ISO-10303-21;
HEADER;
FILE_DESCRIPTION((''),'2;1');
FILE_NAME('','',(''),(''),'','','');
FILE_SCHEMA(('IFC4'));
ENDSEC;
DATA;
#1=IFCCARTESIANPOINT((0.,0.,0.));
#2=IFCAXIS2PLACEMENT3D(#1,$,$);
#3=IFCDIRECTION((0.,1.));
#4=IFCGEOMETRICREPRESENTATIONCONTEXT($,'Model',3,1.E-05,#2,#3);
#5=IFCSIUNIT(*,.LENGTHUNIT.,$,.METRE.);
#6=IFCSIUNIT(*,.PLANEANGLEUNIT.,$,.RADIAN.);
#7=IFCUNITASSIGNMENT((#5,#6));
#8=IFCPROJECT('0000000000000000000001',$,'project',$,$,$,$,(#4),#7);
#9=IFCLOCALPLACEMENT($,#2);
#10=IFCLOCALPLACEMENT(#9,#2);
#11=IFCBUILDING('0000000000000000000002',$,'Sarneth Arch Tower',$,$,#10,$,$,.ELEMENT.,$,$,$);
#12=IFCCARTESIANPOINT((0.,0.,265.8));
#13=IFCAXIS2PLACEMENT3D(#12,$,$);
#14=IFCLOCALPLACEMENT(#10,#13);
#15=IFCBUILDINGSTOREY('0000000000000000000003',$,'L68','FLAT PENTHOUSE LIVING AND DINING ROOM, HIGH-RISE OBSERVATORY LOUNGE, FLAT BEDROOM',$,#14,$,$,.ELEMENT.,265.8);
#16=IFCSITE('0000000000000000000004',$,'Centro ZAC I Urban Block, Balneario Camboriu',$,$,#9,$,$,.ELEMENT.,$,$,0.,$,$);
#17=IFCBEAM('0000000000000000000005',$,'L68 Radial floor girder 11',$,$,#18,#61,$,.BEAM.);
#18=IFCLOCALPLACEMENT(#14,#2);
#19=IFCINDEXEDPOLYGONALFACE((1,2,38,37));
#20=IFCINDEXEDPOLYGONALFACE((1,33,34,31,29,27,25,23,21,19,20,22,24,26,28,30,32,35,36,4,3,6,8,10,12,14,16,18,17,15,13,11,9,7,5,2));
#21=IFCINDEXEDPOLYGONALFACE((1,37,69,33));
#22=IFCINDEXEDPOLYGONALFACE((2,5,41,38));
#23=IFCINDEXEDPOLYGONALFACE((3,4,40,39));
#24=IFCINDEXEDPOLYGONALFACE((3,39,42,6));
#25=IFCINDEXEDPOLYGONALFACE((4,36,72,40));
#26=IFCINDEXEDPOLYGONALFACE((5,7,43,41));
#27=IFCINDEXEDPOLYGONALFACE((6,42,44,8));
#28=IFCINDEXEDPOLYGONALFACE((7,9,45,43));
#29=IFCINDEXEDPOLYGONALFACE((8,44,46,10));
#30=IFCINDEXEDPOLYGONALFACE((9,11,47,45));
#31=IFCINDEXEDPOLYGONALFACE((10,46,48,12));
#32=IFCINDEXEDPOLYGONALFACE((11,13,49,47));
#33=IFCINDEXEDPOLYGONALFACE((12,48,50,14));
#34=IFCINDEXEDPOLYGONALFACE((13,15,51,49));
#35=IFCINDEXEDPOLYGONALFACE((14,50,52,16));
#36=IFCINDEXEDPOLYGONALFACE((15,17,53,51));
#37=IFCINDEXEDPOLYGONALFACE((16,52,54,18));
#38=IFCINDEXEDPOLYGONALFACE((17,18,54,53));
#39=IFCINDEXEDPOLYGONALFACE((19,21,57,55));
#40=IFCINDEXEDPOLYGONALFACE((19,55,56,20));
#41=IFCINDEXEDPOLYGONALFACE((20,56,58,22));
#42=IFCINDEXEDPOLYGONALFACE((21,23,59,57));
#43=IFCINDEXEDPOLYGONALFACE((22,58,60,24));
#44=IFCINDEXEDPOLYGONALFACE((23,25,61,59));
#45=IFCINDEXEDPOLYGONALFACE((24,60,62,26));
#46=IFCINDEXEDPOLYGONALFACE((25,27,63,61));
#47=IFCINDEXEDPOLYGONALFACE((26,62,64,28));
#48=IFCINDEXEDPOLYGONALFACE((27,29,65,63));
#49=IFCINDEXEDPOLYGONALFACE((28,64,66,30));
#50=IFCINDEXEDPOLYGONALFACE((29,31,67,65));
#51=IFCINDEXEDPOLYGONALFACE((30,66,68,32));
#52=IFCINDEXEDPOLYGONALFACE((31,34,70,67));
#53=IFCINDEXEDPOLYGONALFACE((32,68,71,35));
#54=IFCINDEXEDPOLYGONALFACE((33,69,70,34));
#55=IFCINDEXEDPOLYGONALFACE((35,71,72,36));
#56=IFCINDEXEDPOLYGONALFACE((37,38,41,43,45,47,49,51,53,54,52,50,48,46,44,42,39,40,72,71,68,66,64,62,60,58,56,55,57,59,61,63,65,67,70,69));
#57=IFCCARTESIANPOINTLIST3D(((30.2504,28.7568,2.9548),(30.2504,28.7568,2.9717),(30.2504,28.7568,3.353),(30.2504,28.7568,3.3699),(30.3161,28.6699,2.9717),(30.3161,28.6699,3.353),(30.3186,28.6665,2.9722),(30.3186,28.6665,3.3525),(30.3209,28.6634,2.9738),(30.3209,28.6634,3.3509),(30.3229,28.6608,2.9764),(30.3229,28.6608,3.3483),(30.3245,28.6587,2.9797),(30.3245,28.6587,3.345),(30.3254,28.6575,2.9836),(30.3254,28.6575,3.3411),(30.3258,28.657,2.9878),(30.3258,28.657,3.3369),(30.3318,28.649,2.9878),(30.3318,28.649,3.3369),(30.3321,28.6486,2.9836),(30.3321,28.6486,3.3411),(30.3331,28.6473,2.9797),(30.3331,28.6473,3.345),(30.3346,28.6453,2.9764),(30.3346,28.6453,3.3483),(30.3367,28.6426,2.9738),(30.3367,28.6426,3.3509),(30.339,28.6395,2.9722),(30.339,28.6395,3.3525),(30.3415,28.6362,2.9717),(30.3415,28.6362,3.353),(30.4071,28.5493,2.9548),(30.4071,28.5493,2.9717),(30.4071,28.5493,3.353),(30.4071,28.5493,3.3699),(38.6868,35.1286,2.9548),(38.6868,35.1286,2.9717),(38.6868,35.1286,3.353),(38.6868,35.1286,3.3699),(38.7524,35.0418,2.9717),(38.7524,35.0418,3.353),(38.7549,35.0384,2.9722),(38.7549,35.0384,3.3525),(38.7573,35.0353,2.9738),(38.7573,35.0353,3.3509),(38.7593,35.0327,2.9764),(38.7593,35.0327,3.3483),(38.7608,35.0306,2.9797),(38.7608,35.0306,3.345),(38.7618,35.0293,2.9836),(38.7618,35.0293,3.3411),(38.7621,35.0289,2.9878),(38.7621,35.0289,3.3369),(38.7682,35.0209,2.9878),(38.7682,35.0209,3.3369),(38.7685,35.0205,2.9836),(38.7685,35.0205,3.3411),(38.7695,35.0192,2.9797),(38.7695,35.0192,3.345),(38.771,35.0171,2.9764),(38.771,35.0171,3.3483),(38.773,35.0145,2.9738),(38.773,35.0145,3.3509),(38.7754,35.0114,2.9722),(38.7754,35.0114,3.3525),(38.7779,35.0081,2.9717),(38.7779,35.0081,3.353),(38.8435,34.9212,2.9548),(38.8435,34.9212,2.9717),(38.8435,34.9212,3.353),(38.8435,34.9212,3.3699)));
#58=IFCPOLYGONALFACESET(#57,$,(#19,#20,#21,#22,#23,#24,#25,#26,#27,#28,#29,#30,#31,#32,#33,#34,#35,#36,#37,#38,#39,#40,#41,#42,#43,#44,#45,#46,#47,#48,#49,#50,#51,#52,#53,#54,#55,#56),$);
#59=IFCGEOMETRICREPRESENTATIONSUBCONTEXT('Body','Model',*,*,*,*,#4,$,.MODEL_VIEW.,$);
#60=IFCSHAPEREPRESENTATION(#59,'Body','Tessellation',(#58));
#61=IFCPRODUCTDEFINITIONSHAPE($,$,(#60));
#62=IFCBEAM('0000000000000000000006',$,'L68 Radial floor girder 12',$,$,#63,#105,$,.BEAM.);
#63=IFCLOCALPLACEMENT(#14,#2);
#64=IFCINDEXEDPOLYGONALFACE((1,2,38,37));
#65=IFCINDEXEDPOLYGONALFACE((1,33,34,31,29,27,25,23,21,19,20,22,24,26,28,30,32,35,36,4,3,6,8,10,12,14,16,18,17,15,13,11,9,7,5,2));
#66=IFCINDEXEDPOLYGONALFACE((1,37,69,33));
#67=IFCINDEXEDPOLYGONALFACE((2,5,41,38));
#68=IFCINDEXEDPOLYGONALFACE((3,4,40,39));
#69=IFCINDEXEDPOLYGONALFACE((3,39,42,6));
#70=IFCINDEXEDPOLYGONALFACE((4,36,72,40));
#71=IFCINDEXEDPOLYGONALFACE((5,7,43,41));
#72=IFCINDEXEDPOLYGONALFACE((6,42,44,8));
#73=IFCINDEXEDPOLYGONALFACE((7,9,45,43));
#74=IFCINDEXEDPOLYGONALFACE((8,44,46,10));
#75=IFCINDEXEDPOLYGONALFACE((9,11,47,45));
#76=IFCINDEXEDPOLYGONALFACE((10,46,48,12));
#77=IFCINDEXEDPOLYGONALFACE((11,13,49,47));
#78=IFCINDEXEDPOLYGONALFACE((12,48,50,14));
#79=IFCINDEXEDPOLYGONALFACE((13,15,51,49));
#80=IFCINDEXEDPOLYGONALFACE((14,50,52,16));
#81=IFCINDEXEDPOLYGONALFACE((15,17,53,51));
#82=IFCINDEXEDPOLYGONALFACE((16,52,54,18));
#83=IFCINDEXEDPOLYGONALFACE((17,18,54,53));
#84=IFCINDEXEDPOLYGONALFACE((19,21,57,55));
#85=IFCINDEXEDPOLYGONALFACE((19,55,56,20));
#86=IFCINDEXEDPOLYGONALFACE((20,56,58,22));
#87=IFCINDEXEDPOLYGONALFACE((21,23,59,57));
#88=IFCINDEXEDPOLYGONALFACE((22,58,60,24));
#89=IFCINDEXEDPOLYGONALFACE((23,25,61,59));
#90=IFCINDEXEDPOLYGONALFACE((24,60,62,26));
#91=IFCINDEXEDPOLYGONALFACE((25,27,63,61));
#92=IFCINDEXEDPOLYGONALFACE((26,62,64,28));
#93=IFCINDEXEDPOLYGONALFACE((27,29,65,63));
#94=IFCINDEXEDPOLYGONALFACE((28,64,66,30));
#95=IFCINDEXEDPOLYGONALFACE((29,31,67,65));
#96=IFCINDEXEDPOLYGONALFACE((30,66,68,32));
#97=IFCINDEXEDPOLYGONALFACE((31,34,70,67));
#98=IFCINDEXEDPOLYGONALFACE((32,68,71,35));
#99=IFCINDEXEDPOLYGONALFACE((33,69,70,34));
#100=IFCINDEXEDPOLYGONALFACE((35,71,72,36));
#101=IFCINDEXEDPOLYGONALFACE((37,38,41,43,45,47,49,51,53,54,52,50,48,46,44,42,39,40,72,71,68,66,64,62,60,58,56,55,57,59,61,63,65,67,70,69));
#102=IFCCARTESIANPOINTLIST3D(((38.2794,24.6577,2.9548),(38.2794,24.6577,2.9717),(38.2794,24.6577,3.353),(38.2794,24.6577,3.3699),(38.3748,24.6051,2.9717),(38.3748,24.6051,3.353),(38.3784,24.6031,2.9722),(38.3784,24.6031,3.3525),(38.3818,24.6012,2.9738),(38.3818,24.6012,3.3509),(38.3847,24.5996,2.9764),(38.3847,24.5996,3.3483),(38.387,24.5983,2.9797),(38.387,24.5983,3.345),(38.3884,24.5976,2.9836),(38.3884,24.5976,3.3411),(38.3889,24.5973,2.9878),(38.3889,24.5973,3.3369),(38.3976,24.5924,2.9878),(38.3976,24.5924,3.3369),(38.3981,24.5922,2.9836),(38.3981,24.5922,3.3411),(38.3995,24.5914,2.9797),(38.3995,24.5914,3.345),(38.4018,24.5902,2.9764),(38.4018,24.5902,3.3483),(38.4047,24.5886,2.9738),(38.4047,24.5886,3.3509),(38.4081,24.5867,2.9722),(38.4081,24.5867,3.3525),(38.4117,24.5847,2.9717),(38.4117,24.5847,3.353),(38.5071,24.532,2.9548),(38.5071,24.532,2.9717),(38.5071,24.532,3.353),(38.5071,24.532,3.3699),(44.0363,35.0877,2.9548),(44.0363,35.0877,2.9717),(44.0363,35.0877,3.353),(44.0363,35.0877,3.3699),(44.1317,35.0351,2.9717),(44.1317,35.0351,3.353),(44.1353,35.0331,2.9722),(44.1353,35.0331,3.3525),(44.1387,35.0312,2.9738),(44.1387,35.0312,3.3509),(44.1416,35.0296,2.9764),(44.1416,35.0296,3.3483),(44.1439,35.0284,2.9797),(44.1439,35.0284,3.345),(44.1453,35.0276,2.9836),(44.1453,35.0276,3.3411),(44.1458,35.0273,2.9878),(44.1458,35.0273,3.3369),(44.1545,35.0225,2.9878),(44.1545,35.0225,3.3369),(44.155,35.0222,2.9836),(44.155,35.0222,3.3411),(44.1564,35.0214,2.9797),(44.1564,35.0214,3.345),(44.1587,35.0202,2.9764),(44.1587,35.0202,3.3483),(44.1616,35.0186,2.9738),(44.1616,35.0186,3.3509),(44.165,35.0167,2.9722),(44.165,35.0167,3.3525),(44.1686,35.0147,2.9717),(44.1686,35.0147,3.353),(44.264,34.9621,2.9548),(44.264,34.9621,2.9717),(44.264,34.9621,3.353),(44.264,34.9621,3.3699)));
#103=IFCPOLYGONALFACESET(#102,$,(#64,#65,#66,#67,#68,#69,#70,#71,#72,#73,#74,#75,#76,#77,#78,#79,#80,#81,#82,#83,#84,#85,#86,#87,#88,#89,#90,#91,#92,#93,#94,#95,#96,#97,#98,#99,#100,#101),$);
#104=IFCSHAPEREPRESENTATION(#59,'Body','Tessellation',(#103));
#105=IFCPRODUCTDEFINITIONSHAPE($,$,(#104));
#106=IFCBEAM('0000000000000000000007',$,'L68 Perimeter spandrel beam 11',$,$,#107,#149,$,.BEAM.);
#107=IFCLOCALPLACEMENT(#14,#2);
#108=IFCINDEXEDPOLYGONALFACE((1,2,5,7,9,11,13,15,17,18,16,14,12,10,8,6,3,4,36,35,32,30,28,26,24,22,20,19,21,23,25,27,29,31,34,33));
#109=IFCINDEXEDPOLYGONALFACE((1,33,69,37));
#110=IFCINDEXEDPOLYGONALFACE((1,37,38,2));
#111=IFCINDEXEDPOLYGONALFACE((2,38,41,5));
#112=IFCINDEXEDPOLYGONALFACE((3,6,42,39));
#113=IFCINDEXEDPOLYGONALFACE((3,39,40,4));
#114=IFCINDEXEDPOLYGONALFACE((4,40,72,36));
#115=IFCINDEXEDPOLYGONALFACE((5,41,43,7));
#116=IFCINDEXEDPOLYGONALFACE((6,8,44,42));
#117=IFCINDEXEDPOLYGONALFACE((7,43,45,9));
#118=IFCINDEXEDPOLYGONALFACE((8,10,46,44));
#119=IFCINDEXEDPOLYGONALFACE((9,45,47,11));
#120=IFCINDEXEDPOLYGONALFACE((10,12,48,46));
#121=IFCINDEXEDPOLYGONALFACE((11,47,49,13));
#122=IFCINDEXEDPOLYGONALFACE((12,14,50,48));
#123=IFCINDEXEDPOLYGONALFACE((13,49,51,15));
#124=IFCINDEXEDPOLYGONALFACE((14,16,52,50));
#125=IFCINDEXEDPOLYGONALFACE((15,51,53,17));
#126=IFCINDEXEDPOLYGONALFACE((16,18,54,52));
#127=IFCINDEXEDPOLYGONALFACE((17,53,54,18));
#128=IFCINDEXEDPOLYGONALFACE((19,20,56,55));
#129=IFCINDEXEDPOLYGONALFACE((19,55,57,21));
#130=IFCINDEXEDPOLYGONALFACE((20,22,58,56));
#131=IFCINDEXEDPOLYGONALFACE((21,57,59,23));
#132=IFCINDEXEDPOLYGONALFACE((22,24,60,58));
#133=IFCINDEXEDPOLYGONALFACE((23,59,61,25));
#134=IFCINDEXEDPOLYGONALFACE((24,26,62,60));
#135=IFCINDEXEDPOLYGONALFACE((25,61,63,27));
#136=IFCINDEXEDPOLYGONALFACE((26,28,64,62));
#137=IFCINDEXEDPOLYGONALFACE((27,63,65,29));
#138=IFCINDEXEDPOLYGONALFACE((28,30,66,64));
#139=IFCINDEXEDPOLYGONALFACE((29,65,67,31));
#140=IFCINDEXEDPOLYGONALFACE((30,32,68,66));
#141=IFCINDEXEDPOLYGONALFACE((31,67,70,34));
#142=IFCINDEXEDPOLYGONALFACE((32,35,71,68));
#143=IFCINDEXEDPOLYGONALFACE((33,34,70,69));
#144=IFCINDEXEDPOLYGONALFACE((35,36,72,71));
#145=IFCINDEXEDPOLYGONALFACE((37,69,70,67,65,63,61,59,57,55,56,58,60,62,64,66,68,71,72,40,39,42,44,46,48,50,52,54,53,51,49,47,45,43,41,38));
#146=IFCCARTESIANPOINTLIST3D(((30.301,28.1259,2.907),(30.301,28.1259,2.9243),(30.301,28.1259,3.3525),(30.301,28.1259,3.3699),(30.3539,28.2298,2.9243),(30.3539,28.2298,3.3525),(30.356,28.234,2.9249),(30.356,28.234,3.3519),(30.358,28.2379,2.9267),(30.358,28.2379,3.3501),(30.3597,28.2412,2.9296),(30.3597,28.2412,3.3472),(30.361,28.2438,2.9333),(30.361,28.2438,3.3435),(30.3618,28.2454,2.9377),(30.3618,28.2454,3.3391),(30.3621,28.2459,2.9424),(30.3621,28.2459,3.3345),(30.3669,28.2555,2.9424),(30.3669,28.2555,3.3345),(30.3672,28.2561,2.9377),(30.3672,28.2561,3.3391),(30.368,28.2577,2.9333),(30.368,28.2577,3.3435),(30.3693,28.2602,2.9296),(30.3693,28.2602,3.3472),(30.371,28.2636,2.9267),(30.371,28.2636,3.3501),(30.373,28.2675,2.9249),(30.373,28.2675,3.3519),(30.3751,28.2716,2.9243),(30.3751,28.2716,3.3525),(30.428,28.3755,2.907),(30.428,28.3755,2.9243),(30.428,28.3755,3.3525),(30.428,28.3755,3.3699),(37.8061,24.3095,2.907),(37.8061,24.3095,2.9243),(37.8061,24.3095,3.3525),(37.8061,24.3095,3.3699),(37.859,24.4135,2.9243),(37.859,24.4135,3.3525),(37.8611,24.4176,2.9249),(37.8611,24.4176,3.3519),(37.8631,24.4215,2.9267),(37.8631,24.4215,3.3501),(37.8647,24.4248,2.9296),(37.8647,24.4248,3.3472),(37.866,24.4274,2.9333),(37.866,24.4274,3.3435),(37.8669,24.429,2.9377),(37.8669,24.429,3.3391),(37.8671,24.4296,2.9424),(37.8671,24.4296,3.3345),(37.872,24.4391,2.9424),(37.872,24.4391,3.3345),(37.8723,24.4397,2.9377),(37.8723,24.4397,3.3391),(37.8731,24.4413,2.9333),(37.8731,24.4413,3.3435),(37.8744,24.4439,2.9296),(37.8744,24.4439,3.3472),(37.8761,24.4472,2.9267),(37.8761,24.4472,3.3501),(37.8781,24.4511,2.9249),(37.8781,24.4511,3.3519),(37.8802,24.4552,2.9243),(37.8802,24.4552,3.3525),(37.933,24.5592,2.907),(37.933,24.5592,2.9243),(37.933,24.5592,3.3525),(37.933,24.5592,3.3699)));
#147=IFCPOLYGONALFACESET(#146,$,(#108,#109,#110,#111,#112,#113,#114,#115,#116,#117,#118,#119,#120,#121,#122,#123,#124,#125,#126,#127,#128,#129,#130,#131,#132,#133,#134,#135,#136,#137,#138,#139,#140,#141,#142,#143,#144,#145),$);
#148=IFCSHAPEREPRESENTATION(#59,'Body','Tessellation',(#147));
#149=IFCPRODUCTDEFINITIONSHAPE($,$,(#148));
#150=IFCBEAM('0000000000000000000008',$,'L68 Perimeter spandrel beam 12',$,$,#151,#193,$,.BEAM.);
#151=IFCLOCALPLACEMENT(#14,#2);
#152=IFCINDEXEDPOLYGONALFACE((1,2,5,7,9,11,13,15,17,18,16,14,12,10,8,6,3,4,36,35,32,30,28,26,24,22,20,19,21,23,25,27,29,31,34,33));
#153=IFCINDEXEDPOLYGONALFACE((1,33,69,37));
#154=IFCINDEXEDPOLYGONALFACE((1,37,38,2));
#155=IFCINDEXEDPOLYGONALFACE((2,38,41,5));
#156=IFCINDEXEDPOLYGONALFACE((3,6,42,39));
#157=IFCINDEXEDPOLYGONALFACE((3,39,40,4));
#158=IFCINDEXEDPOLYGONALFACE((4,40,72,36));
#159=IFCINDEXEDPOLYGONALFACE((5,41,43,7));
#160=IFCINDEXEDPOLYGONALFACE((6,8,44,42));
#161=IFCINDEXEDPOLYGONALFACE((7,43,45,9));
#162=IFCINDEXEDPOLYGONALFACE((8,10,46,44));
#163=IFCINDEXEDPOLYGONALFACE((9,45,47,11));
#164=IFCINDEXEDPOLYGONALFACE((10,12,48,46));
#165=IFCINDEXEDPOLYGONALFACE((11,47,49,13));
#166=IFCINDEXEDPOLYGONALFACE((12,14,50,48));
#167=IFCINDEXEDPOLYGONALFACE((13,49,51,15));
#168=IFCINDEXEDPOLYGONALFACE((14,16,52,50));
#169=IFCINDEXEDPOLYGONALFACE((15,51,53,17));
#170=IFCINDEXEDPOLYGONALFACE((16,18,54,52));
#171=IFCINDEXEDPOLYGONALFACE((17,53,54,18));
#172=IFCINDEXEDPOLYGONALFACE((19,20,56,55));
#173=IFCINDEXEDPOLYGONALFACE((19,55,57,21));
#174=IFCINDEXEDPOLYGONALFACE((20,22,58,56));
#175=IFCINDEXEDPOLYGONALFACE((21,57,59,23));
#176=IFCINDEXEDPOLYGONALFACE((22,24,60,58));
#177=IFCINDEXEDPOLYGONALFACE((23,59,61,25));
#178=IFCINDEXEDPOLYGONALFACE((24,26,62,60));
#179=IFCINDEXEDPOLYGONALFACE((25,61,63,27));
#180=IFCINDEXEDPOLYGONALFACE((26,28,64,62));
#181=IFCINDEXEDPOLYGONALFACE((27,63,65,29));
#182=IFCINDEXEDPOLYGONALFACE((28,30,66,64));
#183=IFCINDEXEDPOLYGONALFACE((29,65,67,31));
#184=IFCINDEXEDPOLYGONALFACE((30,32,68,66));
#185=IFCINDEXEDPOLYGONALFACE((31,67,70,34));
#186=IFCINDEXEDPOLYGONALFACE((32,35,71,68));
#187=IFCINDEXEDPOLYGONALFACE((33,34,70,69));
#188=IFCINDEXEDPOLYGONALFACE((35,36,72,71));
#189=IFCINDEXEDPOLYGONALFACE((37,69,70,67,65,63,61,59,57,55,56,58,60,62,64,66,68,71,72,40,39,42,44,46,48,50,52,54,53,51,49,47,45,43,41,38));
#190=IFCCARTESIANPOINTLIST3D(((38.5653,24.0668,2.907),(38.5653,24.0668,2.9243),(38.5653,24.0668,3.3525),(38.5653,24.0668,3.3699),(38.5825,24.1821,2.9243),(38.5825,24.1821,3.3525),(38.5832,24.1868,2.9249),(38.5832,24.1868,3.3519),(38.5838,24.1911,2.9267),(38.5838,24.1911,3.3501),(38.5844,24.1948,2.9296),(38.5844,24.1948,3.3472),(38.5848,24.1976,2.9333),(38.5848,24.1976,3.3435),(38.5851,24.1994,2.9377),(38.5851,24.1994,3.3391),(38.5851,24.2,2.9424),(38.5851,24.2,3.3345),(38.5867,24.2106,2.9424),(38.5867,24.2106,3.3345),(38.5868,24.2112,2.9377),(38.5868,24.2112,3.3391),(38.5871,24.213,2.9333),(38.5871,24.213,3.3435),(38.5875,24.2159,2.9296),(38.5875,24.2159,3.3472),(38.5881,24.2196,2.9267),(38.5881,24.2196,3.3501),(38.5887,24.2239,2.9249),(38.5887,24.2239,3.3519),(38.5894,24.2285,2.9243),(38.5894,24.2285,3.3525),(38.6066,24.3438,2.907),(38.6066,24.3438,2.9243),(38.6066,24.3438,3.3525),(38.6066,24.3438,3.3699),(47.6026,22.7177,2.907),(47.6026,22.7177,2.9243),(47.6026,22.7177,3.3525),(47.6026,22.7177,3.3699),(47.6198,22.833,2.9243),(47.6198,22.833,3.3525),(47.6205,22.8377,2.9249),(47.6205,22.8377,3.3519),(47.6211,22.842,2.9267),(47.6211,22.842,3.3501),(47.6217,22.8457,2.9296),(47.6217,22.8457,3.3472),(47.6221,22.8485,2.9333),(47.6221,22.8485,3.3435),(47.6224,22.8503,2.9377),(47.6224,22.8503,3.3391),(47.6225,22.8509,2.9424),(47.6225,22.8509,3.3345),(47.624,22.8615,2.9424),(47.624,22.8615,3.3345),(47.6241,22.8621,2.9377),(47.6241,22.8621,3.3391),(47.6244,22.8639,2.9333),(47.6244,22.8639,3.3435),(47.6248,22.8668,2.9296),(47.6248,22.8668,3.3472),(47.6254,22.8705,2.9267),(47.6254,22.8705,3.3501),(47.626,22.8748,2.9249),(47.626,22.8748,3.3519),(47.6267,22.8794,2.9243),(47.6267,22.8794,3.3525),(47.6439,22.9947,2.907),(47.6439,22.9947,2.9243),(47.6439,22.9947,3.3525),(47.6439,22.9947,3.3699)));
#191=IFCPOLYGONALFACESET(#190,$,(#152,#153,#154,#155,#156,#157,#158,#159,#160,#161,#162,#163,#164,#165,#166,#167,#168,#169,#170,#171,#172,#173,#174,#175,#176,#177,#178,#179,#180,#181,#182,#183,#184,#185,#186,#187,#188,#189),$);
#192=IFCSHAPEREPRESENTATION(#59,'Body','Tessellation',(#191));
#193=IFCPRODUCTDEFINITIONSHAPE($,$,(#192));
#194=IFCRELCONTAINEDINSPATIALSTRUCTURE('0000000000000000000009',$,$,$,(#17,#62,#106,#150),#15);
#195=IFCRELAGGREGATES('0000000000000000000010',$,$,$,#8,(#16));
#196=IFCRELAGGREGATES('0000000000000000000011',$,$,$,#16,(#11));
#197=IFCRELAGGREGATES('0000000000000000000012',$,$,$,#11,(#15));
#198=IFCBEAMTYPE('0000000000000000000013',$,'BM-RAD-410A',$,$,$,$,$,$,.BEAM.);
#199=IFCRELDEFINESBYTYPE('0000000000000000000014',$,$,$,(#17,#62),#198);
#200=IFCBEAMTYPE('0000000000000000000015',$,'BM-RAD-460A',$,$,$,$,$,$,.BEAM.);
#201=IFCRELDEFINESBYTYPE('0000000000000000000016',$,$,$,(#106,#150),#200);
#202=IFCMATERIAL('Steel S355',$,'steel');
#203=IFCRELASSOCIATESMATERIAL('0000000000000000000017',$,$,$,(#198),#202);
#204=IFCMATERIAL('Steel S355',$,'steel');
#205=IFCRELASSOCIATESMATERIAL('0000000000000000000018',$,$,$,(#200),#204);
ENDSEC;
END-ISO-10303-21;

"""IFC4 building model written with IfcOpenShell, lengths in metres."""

from ifc_helpers import new_model, si_unit, direction, frame, origin, origin_2d, place, context, subcontext, project, spatial, i_section, extrude, material, material_profile, profile_set, type_object, element, save


model = new_model("IFC4")

# Units and contexts
model_context = context("Model", 3, precision=1e-05, world=origin(), true_north=direction((0.0, 1.0)))
body_context = subcontext(model_context, "Body", "Model", "MODEL_VIEW")
ifc_project = project(units=[si_unit("LENGTHUNIT", "METRE"), si_unit("PLANEANGLEUNIT", "RADIAN")], contexts=[model_context])

# Site, building, storey
site_placement = place(None, origin())
site = spatial("IfcSite", under=ifc_project, at=site_placement, Name="Centro ZAC I Urban Block, Balneario Camboriu", CompositionType="ELEMENT", RefElevation=0.0)
building_placement = place(site_placement, origin())
building = spatial("IfcBuilding", under=site, at=building_placement, Name="Sarneth Arch Tower", CompositionType="ELEMENT")
storey_placement = place(building_placement, frame((0.0, 0.0, 265.8)))
storey = spatial("IfcBuildingStorey", under=building, at=storey_placement, Name="L68", Description="FLAT PENTHOUSE LIVING AND DINING ROOM, HIGH-RISE OBSERVATORY LOUNGE, FLAT BEDROOM", CompositionType="ELEMENT", Elevation=265.8)

# Beams
ifc_material_1 = material(Name="Steel S355", Category="steel")
ifc_material_profile_1 = material_profile(ifc_material_1, i_section(OverallWidth=0.26, OverallDepth=0.415, WebThickness=0.01, FlangeThickness=0.0168, FilletRadius=0.0161, at=origin_2d()), Name="W410x100")
ifc_profile_set_1 = profile_set([ifc_material_profile_1], Name="Steel S355")
beam_type_1 = type_object("IfcBeamType", Name="BM-RAD-410A", PredefinedType="BEAM", material=ifc_profile_set_1)
beam_1_placement = place(storey_placement, frame((38.7651, 35.0249, 3.1624), z_axis=(-0.79797, -0.602698, 0.0), x_axis=(0.602698, -0.79797, 0.0)))
element("IfcBeam", 1, at=beam_1_placement, inside=storey, type_object=beam_type_1, Name="L68 Radial floor girder 11", PredefinedType="BEAM", context=body_context, shape_type="SweptSolid", body=[
    extrude(i_section(OverallWidth=0.26, OverallDepth=0.415, WebThickness=0.01, FlangeThickness=0.0168, FilletRadius=0.0161, at=origin_2d()), origin(), (0.0, 0.0, 1.0), 10.5723),
])
beam_2_placement = place(storey_placement, frame((44.1501, 35.0249, 3.1624), z_axis=(-0.483231, -0.875493, 0.0), x_axis=(0.875493, -0.483231, 0.0)))
element("IfcBeam", 2, at=beam_2_placement, inside=storey, type_object=beam_type_1, Name="L68 Radial floor girder 12", PredefinedType="BEAM", context=body_context, shape_type="SweptSolid", body=[
    extrude(i_section(OverallWidth=0.26, OverallDepth=0.415, WebThickness=0.01, FlangeThickness=0.0168, FilletRadius=0.0161, at=origin_2d()), origin(), (0.0, 0.0, 1.0), 11.9133),
])
ifc_material_2 = material(Name="Steel S355", Category="steel")
ifc_material_profile_2 = material_profile(ifc_material_2, i_section(OverallWidth=0.28, OverallDepth=0.4629, WebThickness=0.0107, FlangeThickness=0.0173, FilletRadius=0.0181, at=origin_2d()), Name="W460x113")
ifc_profile_set_2 = profile_set([ifc_material_profile_2], Name="Steel S355")
beam_type_2 = type_object("IfcBeamType", Name="BM-RAD-460A", PredefinedType="BEAM", material=ifc_profile_set_2)
beam_3_placement = place(storey_placement, frame((30.3645, 28.2507, 3.1384), z_axis=(0.891374, -0.453269, 0.0), x_axis=(0.453269, 0.891374, 0.0)))
element("IfcBeam", 3, at=beam_3_placement, inside=storey, type_object=beam_type_2, Name="L68 Perimeter spandrel beam 11", PredefinedType="BEAM", context=body_context, shape_type="SweptSolid", body=[
    extrude(i_section(OverallWidth=0.28, OverallDepth=0.4629, WebThickness=0.0107, FlangeThickness=0.0173, FilletRadius=0.0181, at=origin_2d()), origin(), (0.0, 0.0, 1.0), 8.4197),
])
beam_4_placement = place(storey_placement, frame((38.5859, 24.2053, 3.1384), z_axis=(0.98904, -0.147647, 0.0), x_axis=(0.147647, 0.98904, 0.0)))
element("IfcBeam", 4, at=beam_4_placement, inside=storey, type_object=beam_type_2, Name="L68 Perimeter spandrel beam 12", PredefinedType="BEAM", context=body_context, shape_type="SweptSolid", body=[
    extrude(i_section(OverallWidth=0.28, OverallDepth=0.4629, WebThickness=0.0107, FlangeThickness=0.0173, FilletRadius=0.0181, at=origin_2d()), origin(), (0.0, 0.0, 1.0), 9.1375),
])

save(model, "model.ifc")
